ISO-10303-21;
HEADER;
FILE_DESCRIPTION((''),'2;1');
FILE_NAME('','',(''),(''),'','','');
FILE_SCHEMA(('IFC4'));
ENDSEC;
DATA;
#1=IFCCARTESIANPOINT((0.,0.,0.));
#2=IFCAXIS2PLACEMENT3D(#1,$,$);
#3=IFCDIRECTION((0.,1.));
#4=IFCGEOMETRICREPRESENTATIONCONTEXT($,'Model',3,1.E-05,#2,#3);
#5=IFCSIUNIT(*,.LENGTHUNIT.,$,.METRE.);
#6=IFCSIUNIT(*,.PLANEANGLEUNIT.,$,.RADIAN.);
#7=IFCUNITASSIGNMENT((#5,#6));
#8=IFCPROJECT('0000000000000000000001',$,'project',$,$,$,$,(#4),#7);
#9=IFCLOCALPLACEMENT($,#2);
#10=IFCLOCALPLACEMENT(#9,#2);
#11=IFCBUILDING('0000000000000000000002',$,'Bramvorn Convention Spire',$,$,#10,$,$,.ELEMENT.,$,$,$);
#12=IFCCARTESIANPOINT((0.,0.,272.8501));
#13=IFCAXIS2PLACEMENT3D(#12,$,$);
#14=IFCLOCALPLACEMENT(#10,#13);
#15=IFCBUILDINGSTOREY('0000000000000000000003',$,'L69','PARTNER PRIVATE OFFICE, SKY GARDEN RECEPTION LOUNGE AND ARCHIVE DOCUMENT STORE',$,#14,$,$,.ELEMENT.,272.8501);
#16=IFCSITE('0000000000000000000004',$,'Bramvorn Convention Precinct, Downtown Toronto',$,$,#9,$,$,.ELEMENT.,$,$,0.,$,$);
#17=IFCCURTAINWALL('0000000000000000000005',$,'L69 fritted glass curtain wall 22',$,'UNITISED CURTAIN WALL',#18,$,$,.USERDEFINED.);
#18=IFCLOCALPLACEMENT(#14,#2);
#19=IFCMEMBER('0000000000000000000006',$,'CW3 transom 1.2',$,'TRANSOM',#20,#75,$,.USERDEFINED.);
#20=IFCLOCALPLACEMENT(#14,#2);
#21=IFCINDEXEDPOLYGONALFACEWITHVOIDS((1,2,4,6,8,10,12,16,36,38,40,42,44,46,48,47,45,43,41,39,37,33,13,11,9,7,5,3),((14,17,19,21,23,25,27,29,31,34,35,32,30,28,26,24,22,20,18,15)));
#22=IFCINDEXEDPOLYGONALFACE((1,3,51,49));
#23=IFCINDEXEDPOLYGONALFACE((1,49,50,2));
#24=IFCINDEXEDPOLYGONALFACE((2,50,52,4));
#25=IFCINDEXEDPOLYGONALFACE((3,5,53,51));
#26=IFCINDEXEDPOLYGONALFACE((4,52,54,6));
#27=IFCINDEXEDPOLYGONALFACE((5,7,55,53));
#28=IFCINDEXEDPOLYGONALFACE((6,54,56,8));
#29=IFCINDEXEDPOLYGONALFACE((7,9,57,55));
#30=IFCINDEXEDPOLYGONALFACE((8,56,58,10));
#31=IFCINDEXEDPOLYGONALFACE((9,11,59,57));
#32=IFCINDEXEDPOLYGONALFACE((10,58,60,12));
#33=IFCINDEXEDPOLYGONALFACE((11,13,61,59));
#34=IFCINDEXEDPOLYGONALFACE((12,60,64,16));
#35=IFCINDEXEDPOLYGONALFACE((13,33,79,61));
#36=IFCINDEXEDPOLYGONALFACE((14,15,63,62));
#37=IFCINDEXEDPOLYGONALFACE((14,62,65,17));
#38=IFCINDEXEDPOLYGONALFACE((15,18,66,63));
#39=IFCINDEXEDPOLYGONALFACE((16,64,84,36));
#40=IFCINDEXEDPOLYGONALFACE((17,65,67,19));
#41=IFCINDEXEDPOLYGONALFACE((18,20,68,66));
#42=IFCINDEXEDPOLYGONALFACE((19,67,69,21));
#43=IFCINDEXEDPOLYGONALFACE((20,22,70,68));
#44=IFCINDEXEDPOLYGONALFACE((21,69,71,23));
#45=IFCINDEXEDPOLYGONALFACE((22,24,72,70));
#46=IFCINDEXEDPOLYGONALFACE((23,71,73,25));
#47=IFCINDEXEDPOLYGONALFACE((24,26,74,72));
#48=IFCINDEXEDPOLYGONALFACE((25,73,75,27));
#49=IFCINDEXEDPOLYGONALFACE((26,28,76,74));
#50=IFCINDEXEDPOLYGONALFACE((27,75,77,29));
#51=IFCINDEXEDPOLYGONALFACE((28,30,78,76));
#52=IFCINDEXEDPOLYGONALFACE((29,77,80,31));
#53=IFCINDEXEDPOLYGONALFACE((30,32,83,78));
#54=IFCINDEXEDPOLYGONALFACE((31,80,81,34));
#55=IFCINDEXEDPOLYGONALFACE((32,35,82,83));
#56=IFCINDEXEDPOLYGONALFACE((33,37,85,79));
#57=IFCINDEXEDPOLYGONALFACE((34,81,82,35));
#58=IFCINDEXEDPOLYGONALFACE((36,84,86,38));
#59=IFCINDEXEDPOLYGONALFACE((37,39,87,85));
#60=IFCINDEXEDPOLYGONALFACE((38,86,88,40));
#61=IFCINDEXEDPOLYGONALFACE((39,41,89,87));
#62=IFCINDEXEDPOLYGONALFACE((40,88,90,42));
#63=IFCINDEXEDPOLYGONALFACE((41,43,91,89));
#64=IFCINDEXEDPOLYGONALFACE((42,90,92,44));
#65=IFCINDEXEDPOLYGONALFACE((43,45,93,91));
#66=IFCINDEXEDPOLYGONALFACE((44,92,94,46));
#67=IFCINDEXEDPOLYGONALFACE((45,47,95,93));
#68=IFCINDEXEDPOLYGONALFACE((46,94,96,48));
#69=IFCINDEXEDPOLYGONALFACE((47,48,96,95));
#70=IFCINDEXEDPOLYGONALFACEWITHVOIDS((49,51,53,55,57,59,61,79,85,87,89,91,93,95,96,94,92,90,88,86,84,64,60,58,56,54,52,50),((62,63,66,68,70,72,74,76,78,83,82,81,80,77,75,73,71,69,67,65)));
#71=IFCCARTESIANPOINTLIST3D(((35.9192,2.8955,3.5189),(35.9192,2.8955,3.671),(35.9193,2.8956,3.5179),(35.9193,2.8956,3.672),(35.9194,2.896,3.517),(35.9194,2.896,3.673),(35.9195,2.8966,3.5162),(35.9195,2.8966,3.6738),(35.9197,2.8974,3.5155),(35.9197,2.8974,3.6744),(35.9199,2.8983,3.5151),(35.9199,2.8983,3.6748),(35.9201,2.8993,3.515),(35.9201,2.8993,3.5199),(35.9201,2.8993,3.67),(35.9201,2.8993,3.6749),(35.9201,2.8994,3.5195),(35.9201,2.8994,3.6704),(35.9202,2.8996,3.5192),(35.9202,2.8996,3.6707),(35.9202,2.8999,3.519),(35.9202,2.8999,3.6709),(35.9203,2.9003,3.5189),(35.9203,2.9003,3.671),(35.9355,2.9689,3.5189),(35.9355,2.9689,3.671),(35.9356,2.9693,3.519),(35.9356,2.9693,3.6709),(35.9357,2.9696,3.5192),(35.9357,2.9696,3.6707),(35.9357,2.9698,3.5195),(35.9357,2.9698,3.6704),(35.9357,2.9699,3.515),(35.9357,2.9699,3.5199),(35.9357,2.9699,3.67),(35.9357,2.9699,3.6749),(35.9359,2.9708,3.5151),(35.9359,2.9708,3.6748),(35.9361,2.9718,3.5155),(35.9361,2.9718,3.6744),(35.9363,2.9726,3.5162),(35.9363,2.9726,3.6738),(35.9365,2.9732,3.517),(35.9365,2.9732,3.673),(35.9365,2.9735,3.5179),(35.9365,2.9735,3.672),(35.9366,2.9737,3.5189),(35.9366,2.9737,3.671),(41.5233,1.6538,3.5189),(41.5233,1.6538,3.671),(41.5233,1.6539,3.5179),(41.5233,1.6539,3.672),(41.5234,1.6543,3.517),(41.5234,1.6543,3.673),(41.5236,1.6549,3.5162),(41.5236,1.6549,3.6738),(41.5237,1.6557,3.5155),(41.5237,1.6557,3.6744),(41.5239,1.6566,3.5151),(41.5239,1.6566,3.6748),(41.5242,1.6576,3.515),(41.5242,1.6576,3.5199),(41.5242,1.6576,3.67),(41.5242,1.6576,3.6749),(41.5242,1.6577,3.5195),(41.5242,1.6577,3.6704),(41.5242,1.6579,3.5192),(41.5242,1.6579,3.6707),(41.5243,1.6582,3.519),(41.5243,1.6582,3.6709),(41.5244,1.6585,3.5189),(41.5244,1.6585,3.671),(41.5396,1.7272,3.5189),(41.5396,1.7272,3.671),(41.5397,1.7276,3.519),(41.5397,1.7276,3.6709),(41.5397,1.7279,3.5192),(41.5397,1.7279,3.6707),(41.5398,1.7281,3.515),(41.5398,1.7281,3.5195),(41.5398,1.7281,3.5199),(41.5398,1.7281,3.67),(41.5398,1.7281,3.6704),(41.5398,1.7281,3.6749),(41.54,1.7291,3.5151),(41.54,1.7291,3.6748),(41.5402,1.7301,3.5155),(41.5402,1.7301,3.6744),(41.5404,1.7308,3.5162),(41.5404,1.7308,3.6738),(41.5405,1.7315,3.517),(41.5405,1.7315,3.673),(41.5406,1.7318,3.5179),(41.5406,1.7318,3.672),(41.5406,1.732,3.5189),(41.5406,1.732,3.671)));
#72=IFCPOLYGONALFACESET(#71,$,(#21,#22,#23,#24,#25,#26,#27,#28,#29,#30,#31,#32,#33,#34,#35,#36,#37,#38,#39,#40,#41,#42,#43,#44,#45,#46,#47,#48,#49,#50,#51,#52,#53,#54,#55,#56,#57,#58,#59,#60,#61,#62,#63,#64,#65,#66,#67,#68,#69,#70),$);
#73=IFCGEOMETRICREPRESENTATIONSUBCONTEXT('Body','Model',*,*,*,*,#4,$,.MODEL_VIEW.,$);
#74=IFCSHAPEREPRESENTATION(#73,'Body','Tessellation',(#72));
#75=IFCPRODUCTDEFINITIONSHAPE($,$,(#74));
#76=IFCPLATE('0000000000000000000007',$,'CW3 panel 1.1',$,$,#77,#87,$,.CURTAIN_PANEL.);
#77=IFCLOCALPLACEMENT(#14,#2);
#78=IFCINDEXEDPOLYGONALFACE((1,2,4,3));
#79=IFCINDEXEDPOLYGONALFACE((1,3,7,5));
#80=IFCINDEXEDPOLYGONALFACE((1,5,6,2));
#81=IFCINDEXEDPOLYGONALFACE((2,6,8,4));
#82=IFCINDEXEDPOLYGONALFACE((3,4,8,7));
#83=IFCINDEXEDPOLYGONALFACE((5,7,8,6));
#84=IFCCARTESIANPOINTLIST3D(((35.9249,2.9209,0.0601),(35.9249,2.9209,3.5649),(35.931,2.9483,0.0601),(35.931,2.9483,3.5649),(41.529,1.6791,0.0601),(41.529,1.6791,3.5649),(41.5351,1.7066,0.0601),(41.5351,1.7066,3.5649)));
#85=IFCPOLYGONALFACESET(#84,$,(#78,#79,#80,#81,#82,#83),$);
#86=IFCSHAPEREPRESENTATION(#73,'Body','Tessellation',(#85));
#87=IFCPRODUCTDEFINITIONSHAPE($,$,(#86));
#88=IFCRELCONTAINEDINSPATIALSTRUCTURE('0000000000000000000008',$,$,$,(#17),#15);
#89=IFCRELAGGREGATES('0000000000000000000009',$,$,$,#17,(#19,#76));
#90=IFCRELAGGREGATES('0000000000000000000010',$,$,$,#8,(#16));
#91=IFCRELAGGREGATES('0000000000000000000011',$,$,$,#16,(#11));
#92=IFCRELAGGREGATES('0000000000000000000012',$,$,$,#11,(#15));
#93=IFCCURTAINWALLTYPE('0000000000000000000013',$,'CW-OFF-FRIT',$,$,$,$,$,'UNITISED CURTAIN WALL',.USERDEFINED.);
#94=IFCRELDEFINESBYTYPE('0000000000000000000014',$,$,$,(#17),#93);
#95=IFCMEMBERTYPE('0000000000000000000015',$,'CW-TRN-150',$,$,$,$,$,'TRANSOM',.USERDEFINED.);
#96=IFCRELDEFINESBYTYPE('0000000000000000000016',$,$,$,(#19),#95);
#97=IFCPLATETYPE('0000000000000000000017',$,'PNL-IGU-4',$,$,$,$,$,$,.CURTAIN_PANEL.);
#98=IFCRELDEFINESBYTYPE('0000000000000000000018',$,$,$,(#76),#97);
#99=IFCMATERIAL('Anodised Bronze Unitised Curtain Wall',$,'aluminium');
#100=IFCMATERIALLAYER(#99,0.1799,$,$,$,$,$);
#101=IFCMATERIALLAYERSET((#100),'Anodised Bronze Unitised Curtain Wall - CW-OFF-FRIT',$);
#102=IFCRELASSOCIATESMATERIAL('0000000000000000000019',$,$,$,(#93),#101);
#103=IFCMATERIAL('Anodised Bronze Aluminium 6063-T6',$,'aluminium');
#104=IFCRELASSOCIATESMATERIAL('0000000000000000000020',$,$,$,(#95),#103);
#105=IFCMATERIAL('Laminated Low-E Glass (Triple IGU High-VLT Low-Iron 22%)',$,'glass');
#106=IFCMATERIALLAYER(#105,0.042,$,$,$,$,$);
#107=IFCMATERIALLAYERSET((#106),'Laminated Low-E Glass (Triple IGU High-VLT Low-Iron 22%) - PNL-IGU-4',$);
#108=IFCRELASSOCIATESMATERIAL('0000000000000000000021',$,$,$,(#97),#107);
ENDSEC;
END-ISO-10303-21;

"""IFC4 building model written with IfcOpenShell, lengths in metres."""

from ifc_helpers import new_model, si_unit, direction, frame, origin, origin_2d, place, context, subcontext, project, spatial, rectangle, hollow_rectangle, extrude, material, layer, layer_set, material_profile, profile_set, type_object, element, aggregate, save


model = new_model("IFC4")

# Units and contexts
model_context = context("Model", 3, precision=1e-05, world=origin(), true_north=direction((0.0, 1.0)))
body_context = subcontext(model_context, "Body", "Model", "MODEL_VIEW")
ifc_project = project(units=[si_unit("LENGTHUNIT", "METRE"), si_unit("PLANEANGLEUNIT", "RADIAN")], contexts=[model_context])

# Site, building, storey
site_placement = place(None, origin())
site = spatial("IfcSite", under=ifc_project, at=site_placement, Name="Bramvorn Convention Precinct, Downtown Toronto", CompositionType="ELEMENT", RefElevation=0.0)
building_placement = place(site_placement, origin())
building = spatial("IfcBuilding", under=site, at=building_placement, Name="Bramvorn Convention Spire", CompositionType="ELEMENT")
storey_placement = place(building_placement, frame((0.0, 0.0, 272.8501)))
storey = spatial("IfcBuildingStorey", under=building, at=storey_placement, Name="L69", Description="PARTNER PRIVATE OFFICE, SKY GARDEN RECEPTION LOUNGE AND ARCHIVE DOCUMENT STORE", CompositionType="ELEMENT", Elevation=272.8501)

# Shared definitions
ifc_material_1 = material(Name="Anodised Bronze Unitised Curtain Wall", Category="aluminium")
ifc_layer_1 = layer(ifc_material_1, 0.1799)
ifc_layer_set_1 = layer_set([ifc_layer_1], Name="Anodised Bronze Unitised Curtain Wall - CW-OFF-FRIT")
curtain_wall_type = type_object("IfcCurtainWallType", Name="CW-OFF-FRIT", ElementType="UNITISED CURTAIN WALL", PredefinedType="USERDEFINED", material=ifc_layer_set_1)
ifc_material_2 = material(Name="Anodised Bronze Aluminium 6063-T6", Category="aluminium")

# Curtain wall, member, plate
curtain_wall_1_placement = place(storey_placement, origin())
curtain_wall_1 = element("IfcCurtainWall", 1, at=curtain_wall_1_placement, inside=storey, type_object=curtain_wall_type, Name="L69 fritted glass curtain wall 22", ObjectType="UNITISED CURTAIN WALL", PredefinedType="USERDEFINED")
ifc_material_profile_1 = material_profile(ifc_material_2, hollow_rectangle(XDim=0.0801, YDim=0.1599, WallThickness=0.0039, InnerFilletRadius=0.001, OuterFilletRadius=0.0039, at=origin_2d()))
ifc_profile_set_1 = profile_set([ifc_material_profile_1], Name="Anodised Bronze Aluminium 6063-T6 - CWT80X160")
member_type_1 = type_object("IfcMemberType", Name="CW-TRN-150", ElementType="TRANSOM", PredefinedType="USERDEFINED", material=ifc_profile_set_1)
member_1_placement = place(storey_placement, frame((41.532, 1.6929, 3.595), z_axis=(-0.976321, 0.216327, 0.0), x_axis=(-0.216327, -0.976321, 0.0)))
member_1 = element("IfcMember", 2, at=member_1_placement, type_object=member_type_1, Name="CW3 transom 1.2", ObjectType="TRANSOM", PredefinedType="USERDEFINED", context=body_context, shape_type="SweptSolid", body=[
    extrude(hollow_rectangle(XDim=0.0801, YDim=0.1599, WallThickness=0.0039, InnerFilletRadius=0.001, OuterFilletRadius=0.0039, at=origin_2d()), origin(), (0.0, 0.0, 1.0), 5.74),
])
ifc_material_3 = material(Name="Laminated Low-E Glass (Triple IGU High-VLT Low-Iron 22%)", Category="glass")
ifc_layer_2 = layer(ifc_material_3, 0.042)
ifc_layer_set_2 = layer_set([ifc_layer_2], Name="Laminated Low-E Glass (Triple IGU High-VLT Low-Iron 22%) - PNL-IGU-4")
plate_type = type_object("IfcPlateType", Name="PNL-IGU-4", PredefinedType="CURTAIN_PANEL", material=ifc_layer_set_2)
plate_placement = place(storey_placement, frame((38.73, 2.3137, 0.0601), z_axis=(0.0, 0.0, 1.0), x_axis=(-0.97632, 0.216332, 0.0)))
plate = element("IfcPlate", 3, at=plate_placement, type_object=plate_type, Name="CW3 panel 1.1", PredefinedType="CURTAIN_PANEL", context=body_context, shape_type="SweptSolid", body=[
    extrude(rectangle(XDim=5.74, YDim=0.0281, at=origin_2d()), origin(), (0.0, 0.0, 1.0), 3.5049),
])
aggregate(curtain_wall_1, [member_1, plate])

save(model, "model.ifc")
